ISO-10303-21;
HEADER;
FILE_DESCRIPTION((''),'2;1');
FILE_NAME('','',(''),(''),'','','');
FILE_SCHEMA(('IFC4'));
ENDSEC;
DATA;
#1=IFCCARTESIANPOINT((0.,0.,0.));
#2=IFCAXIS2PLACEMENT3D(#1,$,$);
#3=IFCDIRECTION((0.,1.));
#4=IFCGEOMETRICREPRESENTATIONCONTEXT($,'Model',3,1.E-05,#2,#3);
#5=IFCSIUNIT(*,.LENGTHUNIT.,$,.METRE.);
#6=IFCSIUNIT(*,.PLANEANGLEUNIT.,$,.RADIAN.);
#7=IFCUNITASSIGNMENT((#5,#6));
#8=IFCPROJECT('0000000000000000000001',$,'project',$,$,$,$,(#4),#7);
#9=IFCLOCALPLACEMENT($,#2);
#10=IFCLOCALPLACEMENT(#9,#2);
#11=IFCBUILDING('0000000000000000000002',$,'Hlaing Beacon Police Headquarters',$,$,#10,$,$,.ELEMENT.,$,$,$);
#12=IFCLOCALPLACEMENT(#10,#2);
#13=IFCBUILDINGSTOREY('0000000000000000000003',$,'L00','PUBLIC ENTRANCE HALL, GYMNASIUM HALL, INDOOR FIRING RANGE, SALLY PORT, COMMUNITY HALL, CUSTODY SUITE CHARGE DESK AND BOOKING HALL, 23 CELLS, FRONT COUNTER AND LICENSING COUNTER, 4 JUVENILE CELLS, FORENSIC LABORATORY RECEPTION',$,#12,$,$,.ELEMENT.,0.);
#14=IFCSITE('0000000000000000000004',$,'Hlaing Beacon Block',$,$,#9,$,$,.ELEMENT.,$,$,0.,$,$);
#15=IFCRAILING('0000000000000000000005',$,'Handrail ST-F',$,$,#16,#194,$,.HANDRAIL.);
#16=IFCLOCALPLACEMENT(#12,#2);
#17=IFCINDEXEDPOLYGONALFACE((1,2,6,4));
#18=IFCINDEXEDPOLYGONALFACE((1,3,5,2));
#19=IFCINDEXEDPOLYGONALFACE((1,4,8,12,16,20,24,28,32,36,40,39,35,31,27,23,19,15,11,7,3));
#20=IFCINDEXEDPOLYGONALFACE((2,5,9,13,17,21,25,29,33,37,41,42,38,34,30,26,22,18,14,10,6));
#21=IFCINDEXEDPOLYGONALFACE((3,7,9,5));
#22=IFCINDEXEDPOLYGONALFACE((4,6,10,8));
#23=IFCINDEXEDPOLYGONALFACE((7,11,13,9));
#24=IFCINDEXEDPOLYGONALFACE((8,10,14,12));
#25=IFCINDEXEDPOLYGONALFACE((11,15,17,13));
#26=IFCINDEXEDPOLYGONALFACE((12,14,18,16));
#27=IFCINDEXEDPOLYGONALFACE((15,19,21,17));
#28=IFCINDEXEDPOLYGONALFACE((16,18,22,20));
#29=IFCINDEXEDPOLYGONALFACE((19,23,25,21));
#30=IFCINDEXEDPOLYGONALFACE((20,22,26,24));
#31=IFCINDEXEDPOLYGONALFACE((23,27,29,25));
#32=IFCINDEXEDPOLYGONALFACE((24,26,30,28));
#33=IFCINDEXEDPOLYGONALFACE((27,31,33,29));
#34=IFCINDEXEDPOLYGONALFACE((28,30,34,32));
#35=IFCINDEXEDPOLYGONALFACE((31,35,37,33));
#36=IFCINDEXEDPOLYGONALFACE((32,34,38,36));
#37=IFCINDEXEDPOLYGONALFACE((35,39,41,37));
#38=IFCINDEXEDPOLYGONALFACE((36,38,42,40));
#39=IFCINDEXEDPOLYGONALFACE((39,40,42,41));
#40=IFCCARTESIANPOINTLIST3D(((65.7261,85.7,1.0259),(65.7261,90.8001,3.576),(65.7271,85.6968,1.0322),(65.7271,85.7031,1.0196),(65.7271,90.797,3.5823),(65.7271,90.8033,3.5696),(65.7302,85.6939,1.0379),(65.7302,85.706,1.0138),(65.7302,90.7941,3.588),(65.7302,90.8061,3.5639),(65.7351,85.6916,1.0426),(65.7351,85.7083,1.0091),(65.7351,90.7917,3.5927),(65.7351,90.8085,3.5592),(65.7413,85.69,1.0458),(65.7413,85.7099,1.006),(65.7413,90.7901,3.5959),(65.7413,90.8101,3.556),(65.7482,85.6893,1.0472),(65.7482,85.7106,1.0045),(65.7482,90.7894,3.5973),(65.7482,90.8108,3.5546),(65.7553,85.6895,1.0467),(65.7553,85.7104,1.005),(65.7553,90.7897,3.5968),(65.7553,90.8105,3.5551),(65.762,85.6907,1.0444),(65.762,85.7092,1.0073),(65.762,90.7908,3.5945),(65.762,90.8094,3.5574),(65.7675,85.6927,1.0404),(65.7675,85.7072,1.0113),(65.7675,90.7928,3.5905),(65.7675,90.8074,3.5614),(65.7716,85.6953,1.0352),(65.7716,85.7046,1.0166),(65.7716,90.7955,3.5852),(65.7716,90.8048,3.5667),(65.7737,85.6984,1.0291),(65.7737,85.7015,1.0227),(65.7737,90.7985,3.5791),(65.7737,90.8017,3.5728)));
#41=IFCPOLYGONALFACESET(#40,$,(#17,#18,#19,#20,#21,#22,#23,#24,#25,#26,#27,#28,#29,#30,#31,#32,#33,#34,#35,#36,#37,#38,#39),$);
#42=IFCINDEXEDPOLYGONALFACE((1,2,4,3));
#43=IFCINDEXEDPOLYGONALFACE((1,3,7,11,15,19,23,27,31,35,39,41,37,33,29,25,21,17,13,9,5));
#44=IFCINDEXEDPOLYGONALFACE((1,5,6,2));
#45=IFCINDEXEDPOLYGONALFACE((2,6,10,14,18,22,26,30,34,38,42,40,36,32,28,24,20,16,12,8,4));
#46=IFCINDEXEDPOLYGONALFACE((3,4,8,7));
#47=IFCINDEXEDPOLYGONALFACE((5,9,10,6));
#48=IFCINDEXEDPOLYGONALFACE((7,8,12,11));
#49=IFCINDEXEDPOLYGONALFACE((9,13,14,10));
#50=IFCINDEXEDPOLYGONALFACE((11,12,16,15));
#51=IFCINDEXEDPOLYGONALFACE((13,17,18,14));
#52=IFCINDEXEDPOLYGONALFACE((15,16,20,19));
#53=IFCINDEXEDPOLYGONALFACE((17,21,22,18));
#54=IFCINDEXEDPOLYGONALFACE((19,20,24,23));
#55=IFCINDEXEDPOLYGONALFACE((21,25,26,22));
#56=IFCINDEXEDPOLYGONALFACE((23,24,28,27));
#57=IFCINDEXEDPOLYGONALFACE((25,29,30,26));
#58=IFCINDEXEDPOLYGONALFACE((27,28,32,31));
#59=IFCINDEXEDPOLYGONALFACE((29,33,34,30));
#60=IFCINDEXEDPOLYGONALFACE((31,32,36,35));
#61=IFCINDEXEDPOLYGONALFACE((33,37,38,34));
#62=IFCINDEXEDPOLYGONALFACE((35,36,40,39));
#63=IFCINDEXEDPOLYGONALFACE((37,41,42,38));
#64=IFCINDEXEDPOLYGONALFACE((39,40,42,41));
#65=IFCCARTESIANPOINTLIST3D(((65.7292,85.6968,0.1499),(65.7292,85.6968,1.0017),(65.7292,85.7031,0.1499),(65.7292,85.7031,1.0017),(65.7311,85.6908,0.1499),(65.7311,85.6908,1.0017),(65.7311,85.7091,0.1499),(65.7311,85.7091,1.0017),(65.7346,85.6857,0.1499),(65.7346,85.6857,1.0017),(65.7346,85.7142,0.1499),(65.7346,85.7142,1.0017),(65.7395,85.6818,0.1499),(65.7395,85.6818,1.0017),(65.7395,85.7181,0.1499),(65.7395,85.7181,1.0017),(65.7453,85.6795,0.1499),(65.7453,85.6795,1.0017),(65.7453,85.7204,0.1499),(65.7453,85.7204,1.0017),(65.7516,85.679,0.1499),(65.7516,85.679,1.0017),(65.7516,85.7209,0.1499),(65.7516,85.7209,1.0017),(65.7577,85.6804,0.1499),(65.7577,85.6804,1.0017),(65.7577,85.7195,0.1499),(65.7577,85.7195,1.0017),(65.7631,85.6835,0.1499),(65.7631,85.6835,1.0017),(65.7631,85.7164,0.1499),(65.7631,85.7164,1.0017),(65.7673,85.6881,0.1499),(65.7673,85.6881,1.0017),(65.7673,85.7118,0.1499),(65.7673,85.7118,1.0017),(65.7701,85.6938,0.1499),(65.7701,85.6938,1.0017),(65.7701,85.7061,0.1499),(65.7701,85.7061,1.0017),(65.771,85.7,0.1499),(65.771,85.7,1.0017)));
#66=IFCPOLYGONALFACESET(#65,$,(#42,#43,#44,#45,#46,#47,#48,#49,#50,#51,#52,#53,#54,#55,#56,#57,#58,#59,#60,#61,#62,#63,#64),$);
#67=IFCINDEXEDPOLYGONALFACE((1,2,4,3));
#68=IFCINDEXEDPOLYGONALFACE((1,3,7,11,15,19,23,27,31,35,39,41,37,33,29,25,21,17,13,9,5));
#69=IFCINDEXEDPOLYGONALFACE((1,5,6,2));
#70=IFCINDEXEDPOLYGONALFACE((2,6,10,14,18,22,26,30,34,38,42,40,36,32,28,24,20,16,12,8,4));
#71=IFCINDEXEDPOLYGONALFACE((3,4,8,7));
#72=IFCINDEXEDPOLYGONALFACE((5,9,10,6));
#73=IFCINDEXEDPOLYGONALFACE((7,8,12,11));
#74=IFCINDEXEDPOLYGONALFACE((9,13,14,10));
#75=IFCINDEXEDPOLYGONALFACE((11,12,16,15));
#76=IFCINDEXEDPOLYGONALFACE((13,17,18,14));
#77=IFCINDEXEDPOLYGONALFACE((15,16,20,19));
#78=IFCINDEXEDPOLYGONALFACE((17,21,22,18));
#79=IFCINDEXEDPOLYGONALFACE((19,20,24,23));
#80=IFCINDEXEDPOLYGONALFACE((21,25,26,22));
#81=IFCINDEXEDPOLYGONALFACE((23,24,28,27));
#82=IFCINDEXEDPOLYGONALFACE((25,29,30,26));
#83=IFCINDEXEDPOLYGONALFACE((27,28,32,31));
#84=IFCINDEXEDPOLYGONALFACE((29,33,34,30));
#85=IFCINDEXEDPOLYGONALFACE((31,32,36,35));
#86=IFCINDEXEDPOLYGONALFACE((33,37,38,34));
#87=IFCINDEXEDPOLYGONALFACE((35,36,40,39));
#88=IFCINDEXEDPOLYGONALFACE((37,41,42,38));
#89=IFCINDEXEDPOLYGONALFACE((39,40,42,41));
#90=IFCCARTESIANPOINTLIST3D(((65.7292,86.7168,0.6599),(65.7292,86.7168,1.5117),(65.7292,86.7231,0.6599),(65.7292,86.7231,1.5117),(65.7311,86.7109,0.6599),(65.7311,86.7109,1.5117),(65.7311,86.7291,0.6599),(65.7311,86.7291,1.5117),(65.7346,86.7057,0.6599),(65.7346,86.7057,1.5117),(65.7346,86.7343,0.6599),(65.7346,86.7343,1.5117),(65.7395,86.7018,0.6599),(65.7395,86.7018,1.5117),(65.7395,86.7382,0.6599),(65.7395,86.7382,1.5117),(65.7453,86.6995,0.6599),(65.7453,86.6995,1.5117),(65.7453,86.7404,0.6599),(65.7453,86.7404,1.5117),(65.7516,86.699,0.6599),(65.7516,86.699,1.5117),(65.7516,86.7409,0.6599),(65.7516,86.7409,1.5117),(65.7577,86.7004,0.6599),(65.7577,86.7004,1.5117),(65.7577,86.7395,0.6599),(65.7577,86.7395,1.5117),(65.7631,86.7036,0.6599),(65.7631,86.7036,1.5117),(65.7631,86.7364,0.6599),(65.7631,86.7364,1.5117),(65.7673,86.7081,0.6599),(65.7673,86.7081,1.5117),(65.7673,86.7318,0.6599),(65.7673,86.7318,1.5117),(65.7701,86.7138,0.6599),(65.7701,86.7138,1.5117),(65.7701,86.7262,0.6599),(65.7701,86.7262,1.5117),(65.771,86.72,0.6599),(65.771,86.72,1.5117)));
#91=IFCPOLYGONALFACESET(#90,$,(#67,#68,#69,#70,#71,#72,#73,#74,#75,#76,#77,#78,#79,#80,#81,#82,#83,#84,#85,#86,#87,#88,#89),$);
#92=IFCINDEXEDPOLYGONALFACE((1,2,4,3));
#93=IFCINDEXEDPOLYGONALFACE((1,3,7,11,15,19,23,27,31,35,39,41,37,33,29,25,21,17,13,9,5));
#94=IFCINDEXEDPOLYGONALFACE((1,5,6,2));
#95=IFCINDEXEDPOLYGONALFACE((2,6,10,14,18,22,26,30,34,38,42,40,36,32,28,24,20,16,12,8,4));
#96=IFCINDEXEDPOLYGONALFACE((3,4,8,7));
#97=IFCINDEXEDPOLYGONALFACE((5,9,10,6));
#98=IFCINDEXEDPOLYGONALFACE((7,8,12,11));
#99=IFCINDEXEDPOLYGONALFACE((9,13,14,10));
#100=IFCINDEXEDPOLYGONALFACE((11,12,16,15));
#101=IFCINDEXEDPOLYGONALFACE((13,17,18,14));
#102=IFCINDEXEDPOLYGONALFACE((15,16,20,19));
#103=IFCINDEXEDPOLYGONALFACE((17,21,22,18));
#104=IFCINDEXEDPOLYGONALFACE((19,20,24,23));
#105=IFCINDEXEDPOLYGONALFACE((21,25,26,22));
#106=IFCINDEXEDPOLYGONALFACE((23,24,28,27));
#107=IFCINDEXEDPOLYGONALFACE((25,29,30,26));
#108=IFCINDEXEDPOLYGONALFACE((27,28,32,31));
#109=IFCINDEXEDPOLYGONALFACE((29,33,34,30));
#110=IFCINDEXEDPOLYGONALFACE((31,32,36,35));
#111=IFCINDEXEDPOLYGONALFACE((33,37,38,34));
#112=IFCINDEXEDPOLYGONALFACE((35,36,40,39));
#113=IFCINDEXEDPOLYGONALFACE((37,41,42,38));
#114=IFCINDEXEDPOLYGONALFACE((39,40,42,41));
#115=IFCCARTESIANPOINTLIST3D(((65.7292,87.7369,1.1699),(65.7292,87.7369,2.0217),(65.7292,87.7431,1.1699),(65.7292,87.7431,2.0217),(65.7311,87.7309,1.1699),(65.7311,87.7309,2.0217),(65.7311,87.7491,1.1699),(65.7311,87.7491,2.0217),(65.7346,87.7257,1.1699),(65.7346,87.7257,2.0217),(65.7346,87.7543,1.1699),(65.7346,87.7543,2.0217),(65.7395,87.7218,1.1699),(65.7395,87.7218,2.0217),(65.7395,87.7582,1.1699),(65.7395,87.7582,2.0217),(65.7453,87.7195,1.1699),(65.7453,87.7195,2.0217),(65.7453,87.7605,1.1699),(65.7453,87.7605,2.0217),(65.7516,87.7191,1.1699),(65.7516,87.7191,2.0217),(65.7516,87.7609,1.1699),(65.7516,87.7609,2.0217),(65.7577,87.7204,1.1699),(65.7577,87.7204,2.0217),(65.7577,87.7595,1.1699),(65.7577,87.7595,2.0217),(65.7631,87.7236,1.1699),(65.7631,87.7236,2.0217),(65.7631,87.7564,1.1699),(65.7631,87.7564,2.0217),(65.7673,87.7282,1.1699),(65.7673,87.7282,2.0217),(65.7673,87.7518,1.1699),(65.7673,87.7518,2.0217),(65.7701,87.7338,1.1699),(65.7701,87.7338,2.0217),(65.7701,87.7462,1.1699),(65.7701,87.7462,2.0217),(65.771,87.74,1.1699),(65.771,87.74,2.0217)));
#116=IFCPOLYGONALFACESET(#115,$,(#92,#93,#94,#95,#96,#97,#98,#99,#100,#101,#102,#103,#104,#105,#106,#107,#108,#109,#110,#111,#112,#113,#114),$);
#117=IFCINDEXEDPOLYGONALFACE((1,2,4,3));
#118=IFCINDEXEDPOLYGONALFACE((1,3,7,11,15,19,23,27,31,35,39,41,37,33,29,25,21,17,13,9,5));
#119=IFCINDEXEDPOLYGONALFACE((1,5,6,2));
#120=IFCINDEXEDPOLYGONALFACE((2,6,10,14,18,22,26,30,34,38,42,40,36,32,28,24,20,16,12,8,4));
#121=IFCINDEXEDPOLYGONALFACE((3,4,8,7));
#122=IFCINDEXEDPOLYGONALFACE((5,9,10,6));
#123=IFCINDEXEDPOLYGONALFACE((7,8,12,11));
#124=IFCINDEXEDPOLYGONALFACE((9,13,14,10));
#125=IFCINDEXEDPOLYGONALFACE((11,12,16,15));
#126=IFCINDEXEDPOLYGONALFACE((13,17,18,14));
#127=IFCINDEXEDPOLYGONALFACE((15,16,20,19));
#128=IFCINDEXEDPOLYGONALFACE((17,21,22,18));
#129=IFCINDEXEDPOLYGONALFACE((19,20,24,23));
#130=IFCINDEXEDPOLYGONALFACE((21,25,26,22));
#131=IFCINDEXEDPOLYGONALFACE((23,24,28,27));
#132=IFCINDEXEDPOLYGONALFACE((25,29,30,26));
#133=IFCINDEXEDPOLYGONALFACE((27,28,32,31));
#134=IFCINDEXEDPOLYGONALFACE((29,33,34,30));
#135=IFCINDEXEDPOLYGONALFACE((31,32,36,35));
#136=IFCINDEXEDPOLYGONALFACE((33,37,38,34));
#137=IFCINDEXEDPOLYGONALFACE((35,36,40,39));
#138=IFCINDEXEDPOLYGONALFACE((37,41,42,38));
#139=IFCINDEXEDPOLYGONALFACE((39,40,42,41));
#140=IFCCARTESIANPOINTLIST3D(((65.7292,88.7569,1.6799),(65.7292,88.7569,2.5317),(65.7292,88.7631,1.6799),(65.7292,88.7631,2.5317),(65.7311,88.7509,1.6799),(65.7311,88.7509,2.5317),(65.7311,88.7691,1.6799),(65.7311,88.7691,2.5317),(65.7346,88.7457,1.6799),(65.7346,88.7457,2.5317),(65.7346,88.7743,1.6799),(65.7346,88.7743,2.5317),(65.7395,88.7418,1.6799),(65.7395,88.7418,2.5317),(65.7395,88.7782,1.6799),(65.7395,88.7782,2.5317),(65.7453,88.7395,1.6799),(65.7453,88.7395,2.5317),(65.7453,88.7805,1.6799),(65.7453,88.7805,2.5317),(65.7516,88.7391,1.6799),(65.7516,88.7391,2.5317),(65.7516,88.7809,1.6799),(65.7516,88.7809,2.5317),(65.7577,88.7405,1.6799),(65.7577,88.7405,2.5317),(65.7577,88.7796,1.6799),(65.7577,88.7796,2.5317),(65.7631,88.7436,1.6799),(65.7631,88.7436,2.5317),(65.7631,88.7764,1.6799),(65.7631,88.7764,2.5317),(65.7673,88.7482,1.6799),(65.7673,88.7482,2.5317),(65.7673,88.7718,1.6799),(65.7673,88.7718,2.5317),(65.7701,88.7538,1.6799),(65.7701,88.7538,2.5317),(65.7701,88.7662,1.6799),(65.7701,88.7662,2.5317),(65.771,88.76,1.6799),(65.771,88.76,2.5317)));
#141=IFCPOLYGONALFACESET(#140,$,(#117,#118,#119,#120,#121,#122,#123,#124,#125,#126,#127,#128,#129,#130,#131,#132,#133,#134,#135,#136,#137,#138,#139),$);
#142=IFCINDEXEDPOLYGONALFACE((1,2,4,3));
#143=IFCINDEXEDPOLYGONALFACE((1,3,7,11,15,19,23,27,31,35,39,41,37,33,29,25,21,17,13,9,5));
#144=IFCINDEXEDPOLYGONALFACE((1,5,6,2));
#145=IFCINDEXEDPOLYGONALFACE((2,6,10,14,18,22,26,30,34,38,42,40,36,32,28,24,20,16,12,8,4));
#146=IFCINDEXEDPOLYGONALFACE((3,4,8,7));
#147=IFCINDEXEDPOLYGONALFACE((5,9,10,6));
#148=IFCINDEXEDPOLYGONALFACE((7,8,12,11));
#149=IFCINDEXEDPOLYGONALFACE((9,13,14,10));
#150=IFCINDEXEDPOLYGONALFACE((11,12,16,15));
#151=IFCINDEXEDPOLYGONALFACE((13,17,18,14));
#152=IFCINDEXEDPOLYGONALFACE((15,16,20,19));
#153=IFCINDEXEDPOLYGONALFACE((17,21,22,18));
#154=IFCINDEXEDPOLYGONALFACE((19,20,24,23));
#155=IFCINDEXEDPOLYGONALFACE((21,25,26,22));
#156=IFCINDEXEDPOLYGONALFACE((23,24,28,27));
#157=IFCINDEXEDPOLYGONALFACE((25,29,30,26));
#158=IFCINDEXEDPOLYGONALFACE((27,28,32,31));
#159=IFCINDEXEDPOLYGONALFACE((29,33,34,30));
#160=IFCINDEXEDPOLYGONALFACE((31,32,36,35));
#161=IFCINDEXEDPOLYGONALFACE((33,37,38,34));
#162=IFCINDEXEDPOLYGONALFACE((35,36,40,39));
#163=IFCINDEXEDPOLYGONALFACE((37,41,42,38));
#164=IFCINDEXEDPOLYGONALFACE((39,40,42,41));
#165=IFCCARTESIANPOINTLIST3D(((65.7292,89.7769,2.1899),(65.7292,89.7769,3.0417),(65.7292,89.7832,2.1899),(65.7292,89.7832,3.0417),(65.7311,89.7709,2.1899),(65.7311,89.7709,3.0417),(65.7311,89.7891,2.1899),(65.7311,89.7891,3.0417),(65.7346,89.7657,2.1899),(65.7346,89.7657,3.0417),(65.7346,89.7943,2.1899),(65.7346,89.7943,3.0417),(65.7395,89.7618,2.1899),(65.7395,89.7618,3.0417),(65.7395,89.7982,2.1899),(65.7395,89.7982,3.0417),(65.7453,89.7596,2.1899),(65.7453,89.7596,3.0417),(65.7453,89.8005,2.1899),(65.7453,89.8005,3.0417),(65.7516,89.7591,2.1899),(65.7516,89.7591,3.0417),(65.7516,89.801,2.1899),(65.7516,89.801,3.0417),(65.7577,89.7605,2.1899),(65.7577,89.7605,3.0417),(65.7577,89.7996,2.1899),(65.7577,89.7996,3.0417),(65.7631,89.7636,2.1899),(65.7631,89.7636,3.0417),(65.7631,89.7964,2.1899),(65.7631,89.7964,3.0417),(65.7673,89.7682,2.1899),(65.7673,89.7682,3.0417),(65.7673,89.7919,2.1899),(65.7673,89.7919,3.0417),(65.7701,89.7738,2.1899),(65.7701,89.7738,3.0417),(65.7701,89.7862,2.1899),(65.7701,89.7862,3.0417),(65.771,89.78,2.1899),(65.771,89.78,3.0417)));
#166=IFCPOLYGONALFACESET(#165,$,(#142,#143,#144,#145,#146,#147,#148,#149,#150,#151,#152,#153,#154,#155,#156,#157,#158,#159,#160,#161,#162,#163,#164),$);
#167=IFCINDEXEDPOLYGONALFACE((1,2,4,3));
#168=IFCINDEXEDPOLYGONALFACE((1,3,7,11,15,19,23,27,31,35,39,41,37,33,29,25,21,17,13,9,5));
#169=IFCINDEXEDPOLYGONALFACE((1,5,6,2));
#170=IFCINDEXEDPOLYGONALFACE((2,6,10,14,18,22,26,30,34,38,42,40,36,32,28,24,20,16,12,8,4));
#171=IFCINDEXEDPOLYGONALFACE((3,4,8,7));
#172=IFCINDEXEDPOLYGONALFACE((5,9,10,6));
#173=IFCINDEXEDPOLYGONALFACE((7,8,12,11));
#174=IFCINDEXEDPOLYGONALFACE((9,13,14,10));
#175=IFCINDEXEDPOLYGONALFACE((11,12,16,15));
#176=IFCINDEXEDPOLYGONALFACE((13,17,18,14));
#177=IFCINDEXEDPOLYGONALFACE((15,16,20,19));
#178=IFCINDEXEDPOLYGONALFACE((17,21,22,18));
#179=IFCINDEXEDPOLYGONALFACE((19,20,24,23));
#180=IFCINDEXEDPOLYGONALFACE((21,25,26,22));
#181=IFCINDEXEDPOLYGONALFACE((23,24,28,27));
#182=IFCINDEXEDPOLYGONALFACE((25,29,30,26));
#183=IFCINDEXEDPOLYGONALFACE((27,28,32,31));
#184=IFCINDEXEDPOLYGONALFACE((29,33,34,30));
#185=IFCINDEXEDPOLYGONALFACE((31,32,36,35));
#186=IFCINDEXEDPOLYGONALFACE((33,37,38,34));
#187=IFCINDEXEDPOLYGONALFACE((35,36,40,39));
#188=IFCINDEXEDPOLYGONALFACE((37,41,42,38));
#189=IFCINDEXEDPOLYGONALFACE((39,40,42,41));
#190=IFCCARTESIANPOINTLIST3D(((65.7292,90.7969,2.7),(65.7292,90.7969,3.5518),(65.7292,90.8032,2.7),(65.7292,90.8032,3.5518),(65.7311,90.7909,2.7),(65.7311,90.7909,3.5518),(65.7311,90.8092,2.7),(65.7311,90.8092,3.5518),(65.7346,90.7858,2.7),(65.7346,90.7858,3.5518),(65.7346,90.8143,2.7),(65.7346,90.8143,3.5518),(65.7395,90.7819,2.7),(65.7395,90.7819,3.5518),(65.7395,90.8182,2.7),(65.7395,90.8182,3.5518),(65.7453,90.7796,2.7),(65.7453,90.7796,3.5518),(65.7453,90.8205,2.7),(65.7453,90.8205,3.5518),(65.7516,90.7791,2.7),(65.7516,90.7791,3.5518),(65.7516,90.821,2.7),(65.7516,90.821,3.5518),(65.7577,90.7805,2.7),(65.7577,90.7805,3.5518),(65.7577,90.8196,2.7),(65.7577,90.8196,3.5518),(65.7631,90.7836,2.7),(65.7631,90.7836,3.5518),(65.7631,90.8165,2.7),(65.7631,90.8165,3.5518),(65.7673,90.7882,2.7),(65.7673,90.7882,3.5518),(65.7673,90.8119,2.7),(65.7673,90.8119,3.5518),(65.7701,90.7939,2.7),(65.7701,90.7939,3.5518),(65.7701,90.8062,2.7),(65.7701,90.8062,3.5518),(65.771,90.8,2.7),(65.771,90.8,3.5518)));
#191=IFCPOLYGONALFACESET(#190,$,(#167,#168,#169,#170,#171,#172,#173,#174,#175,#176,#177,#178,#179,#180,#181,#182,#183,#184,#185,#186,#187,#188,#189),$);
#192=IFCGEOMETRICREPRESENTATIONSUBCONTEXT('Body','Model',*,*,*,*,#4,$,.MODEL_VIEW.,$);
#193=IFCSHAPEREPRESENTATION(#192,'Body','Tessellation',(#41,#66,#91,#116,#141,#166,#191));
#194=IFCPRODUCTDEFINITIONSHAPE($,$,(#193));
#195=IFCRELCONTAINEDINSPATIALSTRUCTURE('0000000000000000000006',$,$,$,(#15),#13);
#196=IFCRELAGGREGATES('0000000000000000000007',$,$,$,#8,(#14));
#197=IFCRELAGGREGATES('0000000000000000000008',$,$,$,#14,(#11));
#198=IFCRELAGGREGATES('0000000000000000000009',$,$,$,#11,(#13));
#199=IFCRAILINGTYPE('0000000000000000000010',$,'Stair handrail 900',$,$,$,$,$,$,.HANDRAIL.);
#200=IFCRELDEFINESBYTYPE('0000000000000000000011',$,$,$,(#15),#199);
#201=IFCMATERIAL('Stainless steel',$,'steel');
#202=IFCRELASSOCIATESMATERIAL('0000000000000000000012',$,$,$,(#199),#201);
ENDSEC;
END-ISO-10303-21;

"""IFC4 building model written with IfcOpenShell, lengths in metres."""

from ifc_helpers import new_model, si_unit, direction, frame, origin, origin_2d, place, context, subcontext, project, spatial, circle, extrude, material, type_object, element, save


model = new_model("IFC4")

# Units and contexts
model_context = context("Model", 3, precision=1e-05, world=origin(), true_north=direction((0.0, 1.0)))
body_context = subcontext(model_context, "Body", "Model", "MODEL_VIEW")
ifc_project = project(units=[si_unit("LENGTHUNIT", "METRE"), si_unit("PLANEANGLEUNIT", "RADIAN")], contexts=[model_context])

# Site, building, storey
site_placement = place(None, origin())
site = spatial("IfcSite", under=ifc_project, at=site_placement, Name="Hlaing Beacon Block", CompositionType="ELEMENT", RefElevation=0.0)
building_placement = place(site_placement, origin())
building = spatial("IfcBuilding", under=site, at=building_placement, Name="Hlaing Beacon Police Headquarters", CompositionType="ELEMENT")
storey_placement = place(building_placement, origin())
storey = spatial("IfcBuildingStorey", under=building, at=storey_placement, Name="L00", Description="PUBLIC ENTRANCE HALL, GYMNASIUM HALL, INDOOR FIRING RANGE, SALLY PORT, COMMUNITY HALL, CUSTODY SUITE CHARGE DESK AND BOOKING HALL, 23 CELLS, FRONT COUNTER AND LICENSING COUNTER, 4 JUVENILE CELLS, FORENSIC LABORATORY RECEPTION", CompositionType="ELEMENT", Elevation=0.0)

# Railing
ifc_material_1 = material(Name="Stainless steel", Category="steel")
railing_type = type_object("IfcRailingType", Name="Stair handrail 900", PredefinedType="HANDRAIL", material=ifc_material_1)
railing_placement = place(storey_placement, frame((65.75, 85.7, 0.1499)))
element("IfcRailing", 1, at=railing_placement, inside=storey, type_object=railing_type, Name="Handrail ST-F", PredefinedType="HANDRAIL", context=body_context, shape_type="SweptSolid", body=[
    extrude(circle(Radius=0.0239, at=origin_2d()), frame((0.0, 0.0, 0.876), z_axis=(0.0, 0.894427, 0.447214), x_axis=(-1.0, 0.0, 0.0)), (0.0, 0.0, 1.0), 5.7021),
    extrude(circle(Radius=0.021, at=origin_2d()), origin(), (0.0, 0.0, 1.0), 0.8518),
    extrude(circle(Radius=0.021, at=origin_2d()), frame((0.0, 1.02, 0.51)), (0.0, 0.0, 1.0), 0.8518),
    extrude(circle(Radius=0.021, at=origin_2d()), frame((0.0, 2.04, 1.02)), (0.0, 0.0, 1.0), 0.8518),
    extrude(circle(Radius=0.021, at=origin_2d()), frame((0.0, 3.0601, 1.53)), (0.0, 0.0, 1.0), 0.8518),
    extrude(circle(Radius=0.021, at=origin_2d()), frame((0.0, 4.0801, 2.04)), (0.0, 0.0, 1.0), 0.8518),
    extrude(circle(Radius=0.021, at=origin_2d()), frame((0.0, 5.1001, 2.55)), (0.0, 0.0, 1.0), 0.8518),
])

save(model, "model.ifc")
